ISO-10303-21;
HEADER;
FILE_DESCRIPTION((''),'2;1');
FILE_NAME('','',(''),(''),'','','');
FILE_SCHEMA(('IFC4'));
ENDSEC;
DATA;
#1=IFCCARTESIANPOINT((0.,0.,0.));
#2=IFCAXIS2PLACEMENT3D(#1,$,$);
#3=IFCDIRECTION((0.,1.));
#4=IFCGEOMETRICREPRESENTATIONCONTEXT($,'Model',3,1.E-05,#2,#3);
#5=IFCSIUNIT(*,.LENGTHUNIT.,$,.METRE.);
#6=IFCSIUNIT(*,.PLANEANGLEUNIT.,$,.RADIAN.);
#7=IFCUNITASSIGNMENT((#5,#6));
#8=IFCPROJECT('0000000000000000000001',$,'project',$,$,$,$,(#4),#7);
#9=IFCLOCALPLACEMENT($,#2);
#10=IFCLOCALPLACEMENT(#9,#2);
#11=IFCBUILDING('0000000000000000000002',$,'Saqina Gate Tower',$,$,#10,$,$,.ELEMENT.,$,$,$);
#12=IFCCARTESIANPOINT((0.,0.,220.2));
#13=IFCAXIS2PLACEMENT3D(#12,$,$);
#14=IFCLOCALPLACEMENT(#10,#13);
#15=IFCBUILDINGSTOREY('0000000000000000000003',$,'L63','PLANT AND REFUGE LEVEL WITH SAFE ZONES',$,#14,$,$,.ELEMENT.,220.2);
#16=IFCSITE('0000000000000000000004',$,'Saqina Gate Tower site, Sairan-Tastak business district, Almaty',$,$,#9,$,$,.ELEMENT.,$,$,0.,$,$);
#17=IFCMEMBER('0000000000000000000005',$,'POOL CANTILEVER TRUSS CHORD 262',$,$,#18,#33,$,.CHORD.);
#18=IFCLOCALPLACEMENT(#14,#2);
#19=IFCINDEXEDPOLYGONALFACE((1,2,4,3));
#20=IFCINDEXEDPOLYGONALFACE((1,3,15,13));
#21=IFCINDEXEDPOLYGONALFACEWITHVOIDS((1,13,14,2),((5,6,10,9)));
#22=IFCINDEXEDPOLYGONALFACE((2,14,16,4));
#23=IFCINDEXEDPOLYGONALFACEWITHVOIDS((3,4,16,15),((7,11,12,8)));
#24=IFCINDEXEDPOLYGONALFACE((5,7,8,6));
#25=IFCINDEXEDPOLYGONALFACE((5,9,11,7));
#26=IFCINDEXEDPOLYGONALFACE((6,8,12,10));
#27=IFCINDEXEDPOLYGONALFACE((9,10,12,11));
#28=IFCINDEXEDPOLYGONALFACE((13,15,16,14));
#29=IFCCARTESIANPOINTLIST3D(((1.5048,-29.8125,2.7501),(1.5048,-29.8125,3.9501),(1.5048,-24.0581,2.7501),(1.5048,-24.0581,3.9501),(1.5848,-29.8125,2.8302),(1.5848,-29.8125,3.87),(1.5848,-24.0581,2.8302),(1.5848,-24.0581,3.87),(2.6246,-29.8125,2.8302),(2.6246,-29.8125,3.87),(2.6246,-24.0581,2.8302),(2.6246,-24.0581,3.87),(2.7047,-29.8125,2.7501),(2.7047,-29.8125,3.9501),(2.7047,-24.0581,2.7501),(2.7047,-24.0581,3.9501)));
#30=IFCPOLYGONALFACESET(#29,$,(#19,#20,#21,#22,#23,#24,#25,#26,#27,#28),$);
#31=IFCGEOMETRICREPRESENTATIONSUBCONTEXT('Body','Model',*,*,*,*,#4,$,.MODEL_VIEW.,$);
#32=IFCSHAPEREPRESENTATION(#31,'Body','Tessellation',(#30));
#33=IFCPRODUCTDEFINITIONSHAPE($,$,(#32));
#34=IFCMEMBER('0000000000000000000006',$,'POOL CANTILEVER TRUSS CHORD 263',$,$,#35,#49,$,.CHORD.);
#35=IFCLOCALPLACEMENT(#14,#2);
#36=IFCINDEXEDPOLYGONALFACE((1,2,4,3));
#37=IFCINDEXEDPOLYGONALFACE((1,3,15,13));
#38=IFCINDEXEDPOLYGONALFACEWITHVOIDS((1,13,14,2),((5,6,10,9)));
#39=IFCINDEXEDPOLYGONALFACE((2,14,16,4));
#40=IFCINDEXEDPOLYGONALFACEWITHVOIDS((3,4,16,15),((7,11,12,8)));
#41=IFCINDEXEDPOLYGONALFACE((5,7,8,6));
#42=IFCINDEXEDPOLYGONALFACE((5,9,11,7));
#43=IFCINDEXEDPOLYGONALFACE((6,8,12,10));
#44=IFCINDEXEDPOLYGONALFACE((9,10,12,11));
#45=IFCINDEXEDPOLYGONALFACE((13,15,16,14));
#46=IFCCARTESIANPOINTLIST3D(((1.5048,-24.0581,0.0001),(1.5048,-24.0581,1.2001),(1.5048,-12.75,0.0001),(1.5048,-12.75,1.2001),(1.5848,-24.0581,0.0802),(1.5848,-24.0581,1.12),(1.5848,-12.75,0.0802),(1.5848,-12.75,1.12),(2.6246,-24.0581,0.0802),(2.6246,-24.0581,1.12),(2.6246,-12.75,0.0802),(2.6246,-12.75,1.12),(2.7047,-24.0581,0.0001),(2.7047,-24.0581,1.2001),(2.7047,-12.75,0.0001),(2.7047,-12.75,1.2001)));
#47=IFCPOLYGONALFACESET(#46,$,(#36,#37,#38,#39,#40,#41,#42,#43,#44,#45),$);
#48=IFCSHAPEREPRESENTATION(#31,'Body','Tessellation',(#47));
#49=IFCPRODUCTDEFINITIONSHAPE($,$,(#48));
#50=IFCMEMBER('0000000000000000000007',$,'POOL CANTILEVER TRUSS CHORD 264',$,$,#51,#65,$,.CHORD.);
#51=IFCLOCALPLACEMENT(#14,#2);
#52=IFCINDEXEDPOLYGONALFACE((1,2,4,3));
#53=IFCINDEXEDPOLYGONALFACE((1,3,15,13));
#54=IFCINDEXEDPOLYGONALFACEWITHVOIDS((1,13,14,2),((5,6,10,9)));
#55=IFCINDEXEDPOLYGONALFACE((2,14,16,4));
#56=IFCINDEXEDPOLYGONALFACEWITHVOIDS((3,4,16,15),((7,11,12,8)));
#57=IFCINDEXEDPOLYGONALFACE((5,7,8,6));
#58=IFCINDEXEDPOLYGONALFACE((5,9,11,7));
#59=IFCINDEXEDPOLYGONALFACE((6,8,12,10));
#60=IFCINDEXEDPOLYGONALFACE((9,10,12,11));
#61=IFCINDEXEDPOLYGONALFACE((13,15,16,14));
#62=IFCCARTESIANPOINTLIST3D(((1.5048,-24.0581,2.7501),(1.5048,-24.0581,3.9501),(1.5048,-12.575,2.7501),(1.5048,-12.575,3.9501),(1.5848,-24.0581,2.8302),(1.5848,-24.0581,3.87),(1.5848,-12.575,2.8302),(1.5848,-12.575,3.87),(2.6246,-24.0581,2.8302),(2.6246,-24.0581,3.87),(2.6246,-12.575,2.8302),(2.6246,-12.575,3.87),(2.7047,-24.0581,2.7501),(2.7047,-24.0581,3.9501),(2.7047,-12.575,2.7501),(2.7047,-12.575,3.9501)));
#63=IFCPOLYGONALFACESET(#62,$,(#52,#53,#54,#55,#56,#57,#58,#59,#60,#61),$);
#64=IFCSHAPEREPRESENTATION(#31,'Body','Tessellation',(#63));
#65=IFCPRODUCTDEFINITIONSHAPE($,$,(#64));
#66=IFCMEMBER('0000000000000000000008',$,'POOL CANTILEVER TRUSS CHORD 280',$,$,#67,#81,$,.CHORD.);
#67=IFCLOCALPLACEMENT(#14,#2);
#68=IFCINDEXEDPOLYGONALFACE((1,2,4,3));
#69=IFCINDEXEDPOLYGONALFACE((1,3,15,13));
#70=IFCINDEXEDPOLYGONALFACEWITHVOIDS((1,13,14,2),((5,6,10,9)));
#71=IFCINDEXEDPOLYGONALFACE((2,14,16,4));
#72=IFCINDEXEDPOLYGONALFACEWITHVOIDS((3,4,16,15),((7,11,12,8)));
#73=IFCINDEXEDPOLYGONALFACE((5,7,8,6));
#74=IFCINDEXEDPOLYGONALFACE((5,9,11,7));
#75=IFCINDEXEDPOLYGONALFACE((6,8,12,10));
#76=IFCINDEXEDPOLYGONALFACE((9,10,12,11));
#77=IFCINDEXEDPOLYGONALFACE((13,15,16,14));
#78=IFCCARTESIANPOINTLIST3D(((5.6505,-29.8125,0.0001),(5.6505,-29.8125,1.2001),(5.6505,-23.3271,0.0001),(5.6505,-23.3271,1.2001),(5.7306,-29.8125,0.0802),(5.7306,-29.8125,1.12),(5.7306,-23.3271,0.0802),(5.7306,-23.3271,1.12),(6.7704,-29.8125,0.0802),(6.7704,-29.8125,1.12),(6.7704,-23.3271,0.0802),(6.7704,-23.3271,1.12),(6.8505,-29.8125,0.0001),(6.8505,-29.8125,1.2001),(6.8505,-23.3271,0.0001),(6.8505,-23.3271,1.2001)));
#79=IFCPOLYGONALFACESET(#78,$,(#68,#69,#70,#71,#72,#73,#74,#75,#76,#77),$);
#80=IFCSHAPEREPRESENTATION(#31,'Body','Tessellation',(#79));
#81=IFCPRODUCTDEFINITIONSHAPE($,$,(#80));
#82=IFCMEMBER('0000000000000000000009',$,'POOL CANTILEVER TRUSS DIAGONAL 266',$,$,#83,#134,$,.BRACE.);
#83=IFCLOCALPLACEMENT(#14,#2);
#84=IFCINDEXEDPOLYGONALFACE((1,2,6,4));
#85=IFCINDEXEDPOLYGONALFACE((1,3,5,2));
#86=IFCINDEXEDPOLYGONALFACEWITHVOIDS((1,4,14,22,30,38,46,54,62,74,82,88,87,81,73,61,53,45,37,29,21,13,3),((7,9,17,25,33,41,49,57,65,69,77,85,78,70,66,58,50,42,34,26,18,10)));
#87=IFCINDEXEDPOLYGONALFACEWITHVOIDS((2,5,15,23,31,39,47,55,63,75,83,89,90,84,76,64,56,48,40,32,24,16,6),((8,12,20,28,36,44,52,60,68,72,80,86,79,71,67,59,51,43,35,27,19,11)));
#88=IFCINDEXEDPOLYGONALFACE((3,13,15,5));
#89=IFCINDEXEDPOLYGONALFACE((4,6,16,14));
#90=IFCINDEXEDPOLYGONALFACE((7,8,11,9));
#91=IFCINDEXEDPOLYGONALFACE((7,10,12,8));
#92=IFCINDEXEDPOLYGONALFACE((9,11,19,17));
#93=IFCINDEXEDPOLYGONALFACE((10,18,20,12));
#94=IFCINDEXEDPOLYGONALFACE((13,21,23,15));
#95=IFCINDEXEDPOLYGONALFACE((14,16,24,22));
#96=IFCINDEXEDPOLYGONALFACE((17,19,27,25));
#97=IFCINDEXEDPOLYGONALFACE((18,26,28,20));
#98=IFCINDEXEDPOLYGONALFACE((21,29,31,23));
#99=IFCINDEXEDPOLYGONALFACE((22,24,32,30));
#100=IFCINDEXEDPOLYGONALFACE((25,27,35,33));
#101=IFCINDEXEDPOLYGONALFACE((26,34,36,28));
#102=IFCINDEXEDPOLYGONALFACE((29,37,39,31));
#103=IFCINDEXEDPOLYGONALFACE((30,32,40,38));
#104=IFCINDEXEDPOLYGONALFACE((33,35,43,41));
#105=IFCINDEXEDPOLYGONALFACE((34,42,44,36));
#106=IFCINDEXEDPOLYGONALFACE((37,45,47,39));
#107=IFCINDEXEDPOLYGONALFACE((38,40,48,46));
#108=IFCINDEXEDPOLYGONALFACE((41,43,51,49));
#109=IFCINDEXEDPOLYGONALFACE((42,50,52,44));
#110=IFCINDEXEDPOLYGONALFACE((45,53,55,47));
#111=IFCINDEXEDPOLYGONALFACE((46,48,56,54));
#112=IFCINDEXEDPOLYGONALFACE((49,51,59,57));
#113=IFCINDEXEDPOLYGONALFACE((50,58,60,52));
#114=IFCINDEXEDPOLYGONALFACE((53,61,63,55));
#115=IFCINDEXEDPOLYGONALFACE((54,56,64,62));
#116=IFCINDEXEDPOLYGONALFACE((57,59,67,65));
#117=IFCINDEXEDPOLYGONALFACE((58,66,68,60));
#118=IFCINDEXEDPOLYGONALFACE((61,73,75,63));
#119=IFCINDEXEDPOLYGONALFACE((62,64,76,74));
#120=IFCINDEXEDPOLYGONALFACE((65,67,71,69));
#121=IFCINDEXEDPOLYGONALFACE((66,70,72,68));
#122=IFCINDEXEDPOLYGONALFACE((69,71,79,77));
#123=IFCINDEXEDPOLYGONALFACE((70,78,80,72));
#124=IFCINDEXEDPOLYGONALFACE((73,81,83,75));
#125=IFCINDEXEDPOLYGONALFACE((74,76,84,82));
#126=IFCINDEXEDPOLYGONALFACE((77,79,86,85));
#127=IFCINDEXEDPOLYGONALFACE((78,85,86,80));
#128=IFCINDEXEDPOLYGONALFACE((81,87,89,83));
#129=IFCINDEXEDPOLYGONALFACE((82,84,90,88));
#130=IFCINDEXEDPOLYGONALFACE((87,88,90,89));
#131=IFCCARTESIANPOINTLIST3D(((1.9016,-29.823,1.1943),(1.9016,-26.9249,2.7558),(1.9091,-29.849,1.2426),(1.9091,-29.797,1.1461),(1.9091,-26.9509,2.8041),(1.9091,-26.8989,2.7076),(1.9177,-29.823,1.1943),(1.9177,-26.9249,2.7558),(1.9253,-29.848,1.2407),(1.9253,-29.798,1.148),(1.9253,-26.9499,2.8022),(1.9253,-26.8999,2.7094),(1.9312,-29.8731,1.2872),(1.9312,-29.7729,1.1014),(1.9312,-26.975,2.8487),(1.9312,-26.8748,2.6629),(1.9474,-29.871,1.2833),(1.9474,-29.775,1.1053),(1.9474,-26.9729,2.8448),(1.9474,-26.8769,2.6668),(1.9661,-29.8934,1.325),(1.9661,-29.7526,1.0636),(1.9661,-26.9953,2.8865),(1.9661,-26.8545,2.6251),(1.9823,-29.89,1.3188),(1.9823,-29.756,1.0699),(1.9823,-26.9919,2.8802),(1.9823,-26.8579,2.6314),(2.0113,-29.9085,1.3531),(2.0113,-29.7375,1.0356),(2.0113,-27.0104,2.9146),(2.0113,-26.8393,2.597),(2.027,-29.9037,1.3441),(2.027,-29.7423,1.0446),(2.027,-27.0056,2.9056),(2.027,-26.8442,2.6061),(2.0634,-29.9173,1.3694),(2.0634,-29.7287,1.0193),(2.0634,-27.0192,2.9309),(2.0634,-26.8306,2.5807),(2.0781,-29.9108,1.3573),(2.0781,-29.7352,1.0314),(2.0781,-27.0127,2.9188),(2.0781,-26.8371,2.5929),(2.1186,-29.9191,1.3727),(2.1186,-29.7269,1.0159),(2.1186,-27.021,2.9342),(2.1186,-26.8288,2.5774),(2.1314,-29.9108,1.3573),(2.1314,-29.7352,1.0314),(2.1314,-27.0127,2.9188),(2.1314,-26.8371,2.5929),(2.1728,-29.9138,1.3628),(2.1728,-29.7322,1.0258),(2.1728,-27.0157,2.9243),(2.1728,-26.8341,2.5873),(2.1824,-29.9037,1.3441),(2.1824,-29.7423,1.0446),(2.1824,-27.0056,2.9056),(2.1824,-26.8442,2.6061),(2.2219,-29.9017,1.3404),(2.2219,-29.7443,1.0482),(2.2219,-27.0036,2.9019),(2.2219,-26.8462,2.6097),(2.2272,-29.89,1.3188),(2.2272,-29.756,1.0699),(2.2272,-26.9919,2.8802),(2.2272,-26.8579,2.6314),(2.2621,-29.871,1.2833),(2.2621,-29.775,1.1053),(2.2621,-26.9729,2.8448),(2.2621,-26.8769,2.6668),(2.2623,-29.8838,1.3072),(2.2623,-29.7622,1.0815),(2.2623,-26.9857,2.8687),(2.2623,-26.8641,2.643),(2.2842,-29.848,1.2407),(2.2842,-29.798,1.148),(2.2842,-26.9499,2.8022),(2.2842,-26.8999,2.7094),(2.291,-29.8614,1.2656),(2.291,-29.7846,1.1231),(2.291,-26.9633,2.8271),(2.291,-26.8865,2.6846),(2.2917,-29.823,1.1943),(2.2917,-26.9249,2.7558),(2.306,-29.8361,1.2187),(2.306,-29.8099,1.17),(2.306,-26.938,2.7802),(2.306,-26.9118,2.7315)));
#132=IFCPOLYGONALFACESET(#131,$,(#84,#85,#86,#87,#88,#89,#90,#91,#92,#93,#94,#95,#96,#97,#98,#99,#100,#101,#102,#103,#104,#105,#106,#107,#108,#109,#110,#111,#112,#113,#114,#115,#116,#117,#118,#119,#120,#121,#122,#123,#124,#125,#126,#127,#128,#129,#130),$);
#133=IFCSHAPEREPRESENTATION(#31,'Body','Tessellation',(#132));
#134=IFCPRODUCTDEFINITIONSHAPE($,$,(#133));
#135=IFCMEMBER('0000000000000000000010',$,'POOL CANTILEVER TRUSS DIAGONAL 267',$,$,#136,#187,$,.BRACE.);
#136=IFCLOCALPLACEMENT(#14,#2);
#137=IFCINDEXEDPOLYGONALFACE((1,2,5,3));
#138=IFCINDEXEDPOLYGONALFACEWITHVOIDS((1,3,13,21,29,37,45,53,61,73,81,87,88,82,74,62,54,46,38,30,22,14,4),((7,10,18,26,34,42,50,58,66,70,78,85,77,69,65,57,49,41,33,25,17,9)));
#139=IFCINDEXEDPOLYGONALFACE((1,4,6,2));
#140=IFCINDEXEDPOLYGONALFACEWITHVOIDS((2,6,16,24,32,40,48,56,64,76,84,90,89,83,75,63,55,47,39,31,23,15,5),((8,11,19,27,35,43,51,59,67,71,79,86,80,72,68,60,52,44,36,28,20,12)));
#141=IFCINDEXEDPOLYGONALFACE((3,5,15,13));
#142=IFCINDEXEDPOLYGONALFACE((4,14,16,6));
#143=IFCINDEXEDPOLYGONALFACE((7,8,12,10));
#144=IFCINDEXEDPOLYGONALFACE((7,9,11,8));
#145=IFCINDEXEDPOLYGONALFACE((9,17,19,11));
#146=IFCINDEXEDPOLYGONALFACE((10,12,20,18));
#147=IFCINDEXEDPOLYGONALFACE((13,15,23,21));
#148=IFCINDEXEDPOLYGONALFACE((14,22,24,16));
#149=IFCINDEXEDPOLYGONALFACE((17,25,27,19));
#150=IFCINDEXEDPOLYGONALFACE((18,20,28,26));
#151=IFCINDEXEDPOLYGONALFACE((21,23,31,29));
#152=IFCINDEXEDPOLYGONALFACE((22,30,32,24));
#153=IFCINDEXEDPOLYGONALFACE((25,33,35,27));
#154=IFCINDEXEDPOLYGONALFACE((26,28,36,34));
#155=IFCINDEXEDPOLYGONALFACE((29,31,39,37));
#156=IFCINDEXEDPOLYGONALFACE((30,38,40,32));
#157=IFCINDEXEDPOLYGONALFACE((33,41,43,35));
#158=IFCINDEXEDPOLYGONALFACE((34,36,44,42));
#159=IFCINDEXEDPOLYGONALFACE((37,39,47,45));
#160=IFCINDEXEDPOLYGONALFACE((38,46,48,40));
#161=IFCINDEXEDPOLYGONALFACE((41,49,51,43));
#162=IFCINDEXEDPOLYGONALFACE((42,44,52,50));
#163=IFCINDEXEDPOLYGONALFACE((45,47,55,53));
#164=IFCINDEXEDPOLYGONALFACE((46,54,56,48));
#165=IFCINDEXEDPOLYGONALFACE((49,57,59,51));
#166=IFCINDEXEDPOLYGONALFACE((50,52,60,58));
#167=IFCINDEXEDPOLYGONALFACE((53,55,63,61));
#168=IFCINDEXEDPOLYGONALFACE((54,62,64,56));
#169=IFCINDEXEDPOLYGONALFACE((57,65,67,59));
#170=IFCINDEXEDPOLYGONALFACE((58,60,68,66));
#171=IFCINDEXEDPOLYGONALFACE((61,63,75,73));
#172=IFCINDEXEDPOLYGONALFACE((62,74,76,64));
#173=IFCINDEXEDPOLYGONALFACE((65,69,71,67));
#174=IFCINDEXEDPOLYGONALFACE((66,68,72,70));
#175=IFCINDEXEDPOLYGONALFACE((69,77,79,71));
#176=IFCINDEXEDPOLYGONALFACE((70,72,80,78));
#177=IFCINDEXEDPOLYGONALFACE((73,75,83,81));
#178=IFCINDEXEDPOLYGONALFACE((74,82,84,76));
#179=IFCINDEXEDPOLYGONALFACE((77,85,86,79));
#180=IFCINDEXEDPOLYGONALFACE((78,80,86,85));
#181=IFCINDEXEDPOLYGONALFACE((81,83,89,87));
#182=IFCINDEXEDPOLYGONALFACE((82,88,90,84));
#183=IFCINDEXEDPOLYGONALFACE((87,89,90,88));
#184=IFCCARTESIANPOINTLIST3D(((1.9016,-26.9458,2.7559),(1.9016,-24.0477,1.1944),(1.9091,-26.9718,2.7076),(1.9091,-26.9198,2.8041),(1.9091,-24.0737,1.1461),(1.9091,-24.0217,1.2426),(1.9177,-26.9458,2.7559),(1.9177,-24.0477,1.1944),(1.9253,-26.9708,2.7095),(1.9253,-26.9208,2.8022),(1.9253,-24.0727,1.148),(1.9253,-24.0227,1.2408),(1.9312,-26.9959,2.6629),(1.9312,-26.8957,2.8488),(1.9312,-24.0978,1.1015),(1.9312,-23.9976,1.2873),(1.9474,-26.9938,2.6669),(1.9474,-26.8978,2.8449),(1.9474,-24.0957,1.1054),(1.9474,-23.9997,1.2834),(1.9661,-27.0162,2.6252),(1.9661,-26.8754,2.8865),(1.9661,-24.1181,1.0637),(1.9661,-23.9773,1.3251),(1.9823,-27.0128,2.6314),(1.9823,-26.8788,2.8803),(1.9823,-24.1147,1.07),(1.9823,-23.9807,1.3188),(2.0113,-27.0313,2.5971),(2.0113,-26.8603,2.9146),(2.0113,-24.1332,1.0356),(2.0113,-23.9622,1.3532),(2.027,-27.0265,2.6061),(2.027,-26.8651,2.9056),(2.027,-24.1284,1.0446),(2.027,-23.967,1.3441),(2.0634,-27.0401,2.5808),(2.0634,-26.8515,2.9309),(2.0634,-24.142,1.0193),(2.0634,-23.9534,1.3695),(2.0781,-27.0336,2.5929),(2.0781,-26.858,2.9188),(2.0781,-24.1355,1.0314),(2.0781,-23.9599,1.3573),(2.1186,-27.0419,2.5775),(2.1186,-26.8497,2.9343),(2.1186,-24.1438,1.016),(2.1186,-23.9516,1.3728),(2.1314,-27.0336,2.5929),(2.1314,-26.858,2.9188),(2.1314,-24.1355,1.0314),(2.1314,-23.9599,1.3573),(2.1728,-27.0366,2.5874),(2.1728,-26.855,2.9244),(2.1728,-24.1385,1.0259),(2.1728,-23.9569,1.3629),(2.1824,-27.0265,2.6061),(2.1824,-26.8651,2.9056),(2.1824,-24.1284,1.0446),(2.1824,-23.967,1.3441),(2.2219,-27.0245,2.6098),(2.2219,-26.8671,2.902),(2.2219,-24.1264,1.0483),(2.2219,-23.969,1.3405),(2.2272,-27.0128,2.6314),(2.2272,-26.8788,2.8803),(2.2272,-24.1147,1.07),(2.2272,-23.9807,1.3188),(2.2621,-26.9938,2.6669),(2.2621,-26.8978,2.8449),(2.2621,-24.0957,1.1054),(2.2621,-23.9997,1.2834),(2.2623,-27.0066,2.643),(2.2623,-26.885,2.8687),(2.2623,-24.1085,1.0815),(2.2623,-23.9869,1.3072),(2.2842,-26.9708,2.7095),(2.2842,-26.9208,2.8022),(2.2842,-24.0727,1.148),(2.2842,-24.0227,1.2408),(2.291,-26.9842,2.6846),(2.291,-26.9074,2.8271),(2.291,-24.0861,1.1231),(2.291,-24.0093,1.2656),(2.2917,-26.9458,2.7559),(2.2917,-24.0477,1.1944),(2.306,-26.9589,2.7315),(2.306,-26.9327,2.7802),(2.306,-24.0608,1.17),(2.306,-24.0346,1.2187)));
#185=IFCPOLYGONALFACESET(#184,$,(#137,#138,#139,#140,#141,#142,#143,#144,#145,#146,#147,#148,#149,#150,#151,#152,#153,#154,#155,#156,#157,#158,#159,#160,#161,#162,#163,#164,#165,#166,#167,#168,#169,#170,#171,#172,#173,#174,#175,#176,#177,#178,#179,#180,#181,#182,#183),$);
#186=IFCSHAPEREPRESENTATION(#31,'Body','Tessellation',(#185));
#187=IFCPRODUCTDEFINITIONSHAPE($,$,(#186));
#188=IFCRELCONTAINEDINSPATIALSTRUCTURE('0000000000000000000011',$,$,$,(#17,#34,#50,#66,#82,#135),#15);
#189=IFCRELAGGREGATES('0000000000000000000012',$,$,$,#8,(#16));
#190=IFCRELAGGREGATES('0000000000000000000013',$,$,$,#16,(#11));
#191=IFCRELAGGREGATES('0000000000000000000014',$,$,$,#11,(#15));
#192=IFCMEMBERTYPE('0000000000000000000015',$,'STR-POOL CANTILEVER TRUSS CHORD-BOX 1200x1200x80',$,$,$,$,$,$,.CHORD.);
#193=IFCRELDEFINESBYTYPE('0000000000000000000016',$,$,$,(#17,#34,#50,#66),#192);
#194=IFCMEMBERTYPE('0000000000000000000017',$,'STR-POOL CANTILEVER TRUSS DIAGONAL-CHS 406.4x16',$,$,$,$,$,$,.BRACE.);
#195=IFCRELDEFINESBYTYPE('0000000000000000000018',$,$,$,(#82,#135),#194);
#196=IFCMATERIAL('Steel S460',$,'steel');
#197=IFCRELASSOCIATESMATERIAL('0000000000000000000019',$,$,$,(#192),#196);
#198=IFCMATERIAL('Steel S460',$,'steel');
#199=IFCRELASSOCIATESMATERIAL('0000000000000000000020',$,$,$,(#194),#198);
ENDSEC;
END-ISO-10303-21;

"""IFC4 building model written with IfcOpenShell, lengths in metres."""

from ifc_helpers import new_model, si_unit, direction, frame, origin, origin_2d, place, context, subcontext, project, spatial, hollow_rectangle, hollow_circle, extrude, material, material_profile, profile_set, type_object, element, save


model = new_model("IFC4")

# Units and contexts
model_context = context("Model", 3, precision=1e-05, world=origin(), true_north=direction((0.0, 1.0)))
body_context = subcontext(model_context, "Body", "Model", "MODEL_VIEW")
ifc_project = project(units=[si_unit("LENGTHUNIT", "METRE"), si_unit("PLANEANGLEUNIT", "RADIAN")], contexts=[model_context])

# Site, building, storey
site_placement = place(None, origin())
site = spatial("IfcSite", under=ifc_project, at=site_placement, Name="Saqina Gate Tower site, Sairan-Tastak business district, Almaty", CompositionType="ELEMENT", RefElevation=0.0)
building_placement = place(site_placement, origin())
building = spatial("IfcBuilding", under=site, at=building_placement, Name="Saqina Gate Tower", CompositionType="ELEMENT")
storey_placement = place(building_placement, frame((0.0, 0.0, 220.2)))
storey = spatial("IfcBuildingStorey", under=building, at=storey_placement, Name="L63", Description="PLANT AND REFUGE LEVEL WITH SAFE ZONES", CompositionType="ELEMENT", Elevation=220.2)

# Members
ifc_material_1 = material(Name="Steel S460", Category="steel")
ifc_material_profile_1 = material_profile(ifc_material_1, hollow_rectangle(XDim=1.2, YDim=1.2, WallThickness=0.0801, at=origin_2d()), Name="BOX 1200x1200x80")
ifc_profile_set_1 = profile_set([ifc_material_profile_1], Name="Steel S460")
member_type_1 = type_object("IfcMemberType", Name="STR-POOL CANTILEVER TRUSS CHORD-BOX 1200x1200x80", PredefinedType="CHORD", material=ifc_profile_set_1)
for number, where, z_axis, x_axis, name in (
    (1, (2.1047, -29.8125, 3.3501), (0.0, 1.0, 0.0), (-1.0, 0.0, 0.0), "POOL CANTILEVER TRUSS CHORD 262"),
):
    element("IfcMember", number, at=place(storey_placement, frame(where, z_axis=z_axis, x_axis=x_axis)), inside=storey, type_object=member_type_1, Name=name, PredefinedType="CHORD", context=body_context, shape_type="SweptSolid", body=[
        extrude(hollow_rectangle(XDim=1.2, YDim=1.2, WallThickness=0.0801, at=origin_2d()), origin(), (0.0, 0.0, 1.0), 5.7544),
    ])
member_1_placement = place(storey_placement, frame((2.1047, -24.0581, 0.6001), z_axis=(0.0, 1.0, 0.0), x_axis=(-1.0, 0.0, 0.0)))
element("IfcMember", 2, at=member_1_placement, inside=storey, type_object=member_type_1, Name="POOL CANTILEVER TRUSS CHORD 263", PredefinedType="CHORD", context=body_context, shape_type="SweptSolid", body=[
    extrude(hollow_rectangle(XDim=1.2, YDim=1.2, WallThickness=0.0801, at=origin_2d()), origin(), (0.0, 0.0, 1.0), 11.3081),
])
member_2_placement = place(storey_placement, frame((2.1047, -24.0581, 3.3501), z_axis=(0.0, 1.0, 0.0), x_axis=(-1.0, 0.0, 0.0)))
element("IfcMember", 3, at=member_2_placement, inside=storey, type_object=member_type_1, Name="POOL CANTILEVER TRUSS CHORD 264", PredefinedType="CHORD", context=body_context, shape_type="SweptSolid", body=[
    extrude(hollow_rectangle(XDim=1.2, YDim=1.2, WallThickness=0.0801, at=origin_2d()), origin(), (0.0, 0.0, 1.0), 11.4832),
])
member_3_placement = place(storey_placement, frame((6.2505, -29.8125, 0.6001), z_axis=(0.0, 1.0, 0.0), x_axis=(-1.0, 0.0, 0.0)))
element("IfcMember", 4, at=member_3_placement, inside=storey, type_object=member_type_1, Name="POOL CANTILEVER TRUSS CHORD 280", PredefinedType="CHORD", context=body_context, shape_type="SweptSolid", body=[
    extrude(hollow_rectangle(XDim=1.2, YDim=1.2, WallThickness=0.0801, at=origin_2d()), origin(), (0.0, 0.0, 1.0), 6.4854),
])
ifc_material_2 = material(Name="Steel S460", Category="steel")
ifc_material_profile_2 = material_profile(ifc_material_2, hollow_circle(Radius=0.2031, WallThickness=0.0161, at=origin_2d()), Name="CHS 406.4x16")
ifc_profile_set_2 = profile_set([ifc_material_profile_2], Name="Steel S460")
member_type_2 = type_object("IfcMemberType", Name="STR-POOL CANTILEVER TRUSS DIAGONAL-CHS 406.4x16", PredefinedType="BRACE", material=ifc_profile_set_2)
for number, where, z_axis, x_axis, name in (
    (5, (2.1047, -29.823, 1.1943), (0.0, 0.88035, 0.474325), (-1.0, 0.0, 0.0), "POOL CANTILEVER TRUSS DIAGONAL 266"),
    (6, (2.1047, -26.9458, 2.7559), (0.0, 0.88035, -0.474325), (-1.0, 0.0, 0.0), "POOL CANTILEVER TRUSS DIAGONAL 267"),
):
    element("IfcMember", number, at=place(storey_placement, frame(where, z_axis=z_axis, x_axis=x_axis)), inside=storey, type_object=member_type_2, Name=name, PredefinedType="BRACE", context=body_context, shape_type="SweptSolid", body=[
        extrude(hollow_circle(Radius=0.2031, WallThickness=0.0161, at=origin_2d()), origin(), (0.0, 0.0, 1.0), 3.292),
    ])

save(model, "model.ifc")
